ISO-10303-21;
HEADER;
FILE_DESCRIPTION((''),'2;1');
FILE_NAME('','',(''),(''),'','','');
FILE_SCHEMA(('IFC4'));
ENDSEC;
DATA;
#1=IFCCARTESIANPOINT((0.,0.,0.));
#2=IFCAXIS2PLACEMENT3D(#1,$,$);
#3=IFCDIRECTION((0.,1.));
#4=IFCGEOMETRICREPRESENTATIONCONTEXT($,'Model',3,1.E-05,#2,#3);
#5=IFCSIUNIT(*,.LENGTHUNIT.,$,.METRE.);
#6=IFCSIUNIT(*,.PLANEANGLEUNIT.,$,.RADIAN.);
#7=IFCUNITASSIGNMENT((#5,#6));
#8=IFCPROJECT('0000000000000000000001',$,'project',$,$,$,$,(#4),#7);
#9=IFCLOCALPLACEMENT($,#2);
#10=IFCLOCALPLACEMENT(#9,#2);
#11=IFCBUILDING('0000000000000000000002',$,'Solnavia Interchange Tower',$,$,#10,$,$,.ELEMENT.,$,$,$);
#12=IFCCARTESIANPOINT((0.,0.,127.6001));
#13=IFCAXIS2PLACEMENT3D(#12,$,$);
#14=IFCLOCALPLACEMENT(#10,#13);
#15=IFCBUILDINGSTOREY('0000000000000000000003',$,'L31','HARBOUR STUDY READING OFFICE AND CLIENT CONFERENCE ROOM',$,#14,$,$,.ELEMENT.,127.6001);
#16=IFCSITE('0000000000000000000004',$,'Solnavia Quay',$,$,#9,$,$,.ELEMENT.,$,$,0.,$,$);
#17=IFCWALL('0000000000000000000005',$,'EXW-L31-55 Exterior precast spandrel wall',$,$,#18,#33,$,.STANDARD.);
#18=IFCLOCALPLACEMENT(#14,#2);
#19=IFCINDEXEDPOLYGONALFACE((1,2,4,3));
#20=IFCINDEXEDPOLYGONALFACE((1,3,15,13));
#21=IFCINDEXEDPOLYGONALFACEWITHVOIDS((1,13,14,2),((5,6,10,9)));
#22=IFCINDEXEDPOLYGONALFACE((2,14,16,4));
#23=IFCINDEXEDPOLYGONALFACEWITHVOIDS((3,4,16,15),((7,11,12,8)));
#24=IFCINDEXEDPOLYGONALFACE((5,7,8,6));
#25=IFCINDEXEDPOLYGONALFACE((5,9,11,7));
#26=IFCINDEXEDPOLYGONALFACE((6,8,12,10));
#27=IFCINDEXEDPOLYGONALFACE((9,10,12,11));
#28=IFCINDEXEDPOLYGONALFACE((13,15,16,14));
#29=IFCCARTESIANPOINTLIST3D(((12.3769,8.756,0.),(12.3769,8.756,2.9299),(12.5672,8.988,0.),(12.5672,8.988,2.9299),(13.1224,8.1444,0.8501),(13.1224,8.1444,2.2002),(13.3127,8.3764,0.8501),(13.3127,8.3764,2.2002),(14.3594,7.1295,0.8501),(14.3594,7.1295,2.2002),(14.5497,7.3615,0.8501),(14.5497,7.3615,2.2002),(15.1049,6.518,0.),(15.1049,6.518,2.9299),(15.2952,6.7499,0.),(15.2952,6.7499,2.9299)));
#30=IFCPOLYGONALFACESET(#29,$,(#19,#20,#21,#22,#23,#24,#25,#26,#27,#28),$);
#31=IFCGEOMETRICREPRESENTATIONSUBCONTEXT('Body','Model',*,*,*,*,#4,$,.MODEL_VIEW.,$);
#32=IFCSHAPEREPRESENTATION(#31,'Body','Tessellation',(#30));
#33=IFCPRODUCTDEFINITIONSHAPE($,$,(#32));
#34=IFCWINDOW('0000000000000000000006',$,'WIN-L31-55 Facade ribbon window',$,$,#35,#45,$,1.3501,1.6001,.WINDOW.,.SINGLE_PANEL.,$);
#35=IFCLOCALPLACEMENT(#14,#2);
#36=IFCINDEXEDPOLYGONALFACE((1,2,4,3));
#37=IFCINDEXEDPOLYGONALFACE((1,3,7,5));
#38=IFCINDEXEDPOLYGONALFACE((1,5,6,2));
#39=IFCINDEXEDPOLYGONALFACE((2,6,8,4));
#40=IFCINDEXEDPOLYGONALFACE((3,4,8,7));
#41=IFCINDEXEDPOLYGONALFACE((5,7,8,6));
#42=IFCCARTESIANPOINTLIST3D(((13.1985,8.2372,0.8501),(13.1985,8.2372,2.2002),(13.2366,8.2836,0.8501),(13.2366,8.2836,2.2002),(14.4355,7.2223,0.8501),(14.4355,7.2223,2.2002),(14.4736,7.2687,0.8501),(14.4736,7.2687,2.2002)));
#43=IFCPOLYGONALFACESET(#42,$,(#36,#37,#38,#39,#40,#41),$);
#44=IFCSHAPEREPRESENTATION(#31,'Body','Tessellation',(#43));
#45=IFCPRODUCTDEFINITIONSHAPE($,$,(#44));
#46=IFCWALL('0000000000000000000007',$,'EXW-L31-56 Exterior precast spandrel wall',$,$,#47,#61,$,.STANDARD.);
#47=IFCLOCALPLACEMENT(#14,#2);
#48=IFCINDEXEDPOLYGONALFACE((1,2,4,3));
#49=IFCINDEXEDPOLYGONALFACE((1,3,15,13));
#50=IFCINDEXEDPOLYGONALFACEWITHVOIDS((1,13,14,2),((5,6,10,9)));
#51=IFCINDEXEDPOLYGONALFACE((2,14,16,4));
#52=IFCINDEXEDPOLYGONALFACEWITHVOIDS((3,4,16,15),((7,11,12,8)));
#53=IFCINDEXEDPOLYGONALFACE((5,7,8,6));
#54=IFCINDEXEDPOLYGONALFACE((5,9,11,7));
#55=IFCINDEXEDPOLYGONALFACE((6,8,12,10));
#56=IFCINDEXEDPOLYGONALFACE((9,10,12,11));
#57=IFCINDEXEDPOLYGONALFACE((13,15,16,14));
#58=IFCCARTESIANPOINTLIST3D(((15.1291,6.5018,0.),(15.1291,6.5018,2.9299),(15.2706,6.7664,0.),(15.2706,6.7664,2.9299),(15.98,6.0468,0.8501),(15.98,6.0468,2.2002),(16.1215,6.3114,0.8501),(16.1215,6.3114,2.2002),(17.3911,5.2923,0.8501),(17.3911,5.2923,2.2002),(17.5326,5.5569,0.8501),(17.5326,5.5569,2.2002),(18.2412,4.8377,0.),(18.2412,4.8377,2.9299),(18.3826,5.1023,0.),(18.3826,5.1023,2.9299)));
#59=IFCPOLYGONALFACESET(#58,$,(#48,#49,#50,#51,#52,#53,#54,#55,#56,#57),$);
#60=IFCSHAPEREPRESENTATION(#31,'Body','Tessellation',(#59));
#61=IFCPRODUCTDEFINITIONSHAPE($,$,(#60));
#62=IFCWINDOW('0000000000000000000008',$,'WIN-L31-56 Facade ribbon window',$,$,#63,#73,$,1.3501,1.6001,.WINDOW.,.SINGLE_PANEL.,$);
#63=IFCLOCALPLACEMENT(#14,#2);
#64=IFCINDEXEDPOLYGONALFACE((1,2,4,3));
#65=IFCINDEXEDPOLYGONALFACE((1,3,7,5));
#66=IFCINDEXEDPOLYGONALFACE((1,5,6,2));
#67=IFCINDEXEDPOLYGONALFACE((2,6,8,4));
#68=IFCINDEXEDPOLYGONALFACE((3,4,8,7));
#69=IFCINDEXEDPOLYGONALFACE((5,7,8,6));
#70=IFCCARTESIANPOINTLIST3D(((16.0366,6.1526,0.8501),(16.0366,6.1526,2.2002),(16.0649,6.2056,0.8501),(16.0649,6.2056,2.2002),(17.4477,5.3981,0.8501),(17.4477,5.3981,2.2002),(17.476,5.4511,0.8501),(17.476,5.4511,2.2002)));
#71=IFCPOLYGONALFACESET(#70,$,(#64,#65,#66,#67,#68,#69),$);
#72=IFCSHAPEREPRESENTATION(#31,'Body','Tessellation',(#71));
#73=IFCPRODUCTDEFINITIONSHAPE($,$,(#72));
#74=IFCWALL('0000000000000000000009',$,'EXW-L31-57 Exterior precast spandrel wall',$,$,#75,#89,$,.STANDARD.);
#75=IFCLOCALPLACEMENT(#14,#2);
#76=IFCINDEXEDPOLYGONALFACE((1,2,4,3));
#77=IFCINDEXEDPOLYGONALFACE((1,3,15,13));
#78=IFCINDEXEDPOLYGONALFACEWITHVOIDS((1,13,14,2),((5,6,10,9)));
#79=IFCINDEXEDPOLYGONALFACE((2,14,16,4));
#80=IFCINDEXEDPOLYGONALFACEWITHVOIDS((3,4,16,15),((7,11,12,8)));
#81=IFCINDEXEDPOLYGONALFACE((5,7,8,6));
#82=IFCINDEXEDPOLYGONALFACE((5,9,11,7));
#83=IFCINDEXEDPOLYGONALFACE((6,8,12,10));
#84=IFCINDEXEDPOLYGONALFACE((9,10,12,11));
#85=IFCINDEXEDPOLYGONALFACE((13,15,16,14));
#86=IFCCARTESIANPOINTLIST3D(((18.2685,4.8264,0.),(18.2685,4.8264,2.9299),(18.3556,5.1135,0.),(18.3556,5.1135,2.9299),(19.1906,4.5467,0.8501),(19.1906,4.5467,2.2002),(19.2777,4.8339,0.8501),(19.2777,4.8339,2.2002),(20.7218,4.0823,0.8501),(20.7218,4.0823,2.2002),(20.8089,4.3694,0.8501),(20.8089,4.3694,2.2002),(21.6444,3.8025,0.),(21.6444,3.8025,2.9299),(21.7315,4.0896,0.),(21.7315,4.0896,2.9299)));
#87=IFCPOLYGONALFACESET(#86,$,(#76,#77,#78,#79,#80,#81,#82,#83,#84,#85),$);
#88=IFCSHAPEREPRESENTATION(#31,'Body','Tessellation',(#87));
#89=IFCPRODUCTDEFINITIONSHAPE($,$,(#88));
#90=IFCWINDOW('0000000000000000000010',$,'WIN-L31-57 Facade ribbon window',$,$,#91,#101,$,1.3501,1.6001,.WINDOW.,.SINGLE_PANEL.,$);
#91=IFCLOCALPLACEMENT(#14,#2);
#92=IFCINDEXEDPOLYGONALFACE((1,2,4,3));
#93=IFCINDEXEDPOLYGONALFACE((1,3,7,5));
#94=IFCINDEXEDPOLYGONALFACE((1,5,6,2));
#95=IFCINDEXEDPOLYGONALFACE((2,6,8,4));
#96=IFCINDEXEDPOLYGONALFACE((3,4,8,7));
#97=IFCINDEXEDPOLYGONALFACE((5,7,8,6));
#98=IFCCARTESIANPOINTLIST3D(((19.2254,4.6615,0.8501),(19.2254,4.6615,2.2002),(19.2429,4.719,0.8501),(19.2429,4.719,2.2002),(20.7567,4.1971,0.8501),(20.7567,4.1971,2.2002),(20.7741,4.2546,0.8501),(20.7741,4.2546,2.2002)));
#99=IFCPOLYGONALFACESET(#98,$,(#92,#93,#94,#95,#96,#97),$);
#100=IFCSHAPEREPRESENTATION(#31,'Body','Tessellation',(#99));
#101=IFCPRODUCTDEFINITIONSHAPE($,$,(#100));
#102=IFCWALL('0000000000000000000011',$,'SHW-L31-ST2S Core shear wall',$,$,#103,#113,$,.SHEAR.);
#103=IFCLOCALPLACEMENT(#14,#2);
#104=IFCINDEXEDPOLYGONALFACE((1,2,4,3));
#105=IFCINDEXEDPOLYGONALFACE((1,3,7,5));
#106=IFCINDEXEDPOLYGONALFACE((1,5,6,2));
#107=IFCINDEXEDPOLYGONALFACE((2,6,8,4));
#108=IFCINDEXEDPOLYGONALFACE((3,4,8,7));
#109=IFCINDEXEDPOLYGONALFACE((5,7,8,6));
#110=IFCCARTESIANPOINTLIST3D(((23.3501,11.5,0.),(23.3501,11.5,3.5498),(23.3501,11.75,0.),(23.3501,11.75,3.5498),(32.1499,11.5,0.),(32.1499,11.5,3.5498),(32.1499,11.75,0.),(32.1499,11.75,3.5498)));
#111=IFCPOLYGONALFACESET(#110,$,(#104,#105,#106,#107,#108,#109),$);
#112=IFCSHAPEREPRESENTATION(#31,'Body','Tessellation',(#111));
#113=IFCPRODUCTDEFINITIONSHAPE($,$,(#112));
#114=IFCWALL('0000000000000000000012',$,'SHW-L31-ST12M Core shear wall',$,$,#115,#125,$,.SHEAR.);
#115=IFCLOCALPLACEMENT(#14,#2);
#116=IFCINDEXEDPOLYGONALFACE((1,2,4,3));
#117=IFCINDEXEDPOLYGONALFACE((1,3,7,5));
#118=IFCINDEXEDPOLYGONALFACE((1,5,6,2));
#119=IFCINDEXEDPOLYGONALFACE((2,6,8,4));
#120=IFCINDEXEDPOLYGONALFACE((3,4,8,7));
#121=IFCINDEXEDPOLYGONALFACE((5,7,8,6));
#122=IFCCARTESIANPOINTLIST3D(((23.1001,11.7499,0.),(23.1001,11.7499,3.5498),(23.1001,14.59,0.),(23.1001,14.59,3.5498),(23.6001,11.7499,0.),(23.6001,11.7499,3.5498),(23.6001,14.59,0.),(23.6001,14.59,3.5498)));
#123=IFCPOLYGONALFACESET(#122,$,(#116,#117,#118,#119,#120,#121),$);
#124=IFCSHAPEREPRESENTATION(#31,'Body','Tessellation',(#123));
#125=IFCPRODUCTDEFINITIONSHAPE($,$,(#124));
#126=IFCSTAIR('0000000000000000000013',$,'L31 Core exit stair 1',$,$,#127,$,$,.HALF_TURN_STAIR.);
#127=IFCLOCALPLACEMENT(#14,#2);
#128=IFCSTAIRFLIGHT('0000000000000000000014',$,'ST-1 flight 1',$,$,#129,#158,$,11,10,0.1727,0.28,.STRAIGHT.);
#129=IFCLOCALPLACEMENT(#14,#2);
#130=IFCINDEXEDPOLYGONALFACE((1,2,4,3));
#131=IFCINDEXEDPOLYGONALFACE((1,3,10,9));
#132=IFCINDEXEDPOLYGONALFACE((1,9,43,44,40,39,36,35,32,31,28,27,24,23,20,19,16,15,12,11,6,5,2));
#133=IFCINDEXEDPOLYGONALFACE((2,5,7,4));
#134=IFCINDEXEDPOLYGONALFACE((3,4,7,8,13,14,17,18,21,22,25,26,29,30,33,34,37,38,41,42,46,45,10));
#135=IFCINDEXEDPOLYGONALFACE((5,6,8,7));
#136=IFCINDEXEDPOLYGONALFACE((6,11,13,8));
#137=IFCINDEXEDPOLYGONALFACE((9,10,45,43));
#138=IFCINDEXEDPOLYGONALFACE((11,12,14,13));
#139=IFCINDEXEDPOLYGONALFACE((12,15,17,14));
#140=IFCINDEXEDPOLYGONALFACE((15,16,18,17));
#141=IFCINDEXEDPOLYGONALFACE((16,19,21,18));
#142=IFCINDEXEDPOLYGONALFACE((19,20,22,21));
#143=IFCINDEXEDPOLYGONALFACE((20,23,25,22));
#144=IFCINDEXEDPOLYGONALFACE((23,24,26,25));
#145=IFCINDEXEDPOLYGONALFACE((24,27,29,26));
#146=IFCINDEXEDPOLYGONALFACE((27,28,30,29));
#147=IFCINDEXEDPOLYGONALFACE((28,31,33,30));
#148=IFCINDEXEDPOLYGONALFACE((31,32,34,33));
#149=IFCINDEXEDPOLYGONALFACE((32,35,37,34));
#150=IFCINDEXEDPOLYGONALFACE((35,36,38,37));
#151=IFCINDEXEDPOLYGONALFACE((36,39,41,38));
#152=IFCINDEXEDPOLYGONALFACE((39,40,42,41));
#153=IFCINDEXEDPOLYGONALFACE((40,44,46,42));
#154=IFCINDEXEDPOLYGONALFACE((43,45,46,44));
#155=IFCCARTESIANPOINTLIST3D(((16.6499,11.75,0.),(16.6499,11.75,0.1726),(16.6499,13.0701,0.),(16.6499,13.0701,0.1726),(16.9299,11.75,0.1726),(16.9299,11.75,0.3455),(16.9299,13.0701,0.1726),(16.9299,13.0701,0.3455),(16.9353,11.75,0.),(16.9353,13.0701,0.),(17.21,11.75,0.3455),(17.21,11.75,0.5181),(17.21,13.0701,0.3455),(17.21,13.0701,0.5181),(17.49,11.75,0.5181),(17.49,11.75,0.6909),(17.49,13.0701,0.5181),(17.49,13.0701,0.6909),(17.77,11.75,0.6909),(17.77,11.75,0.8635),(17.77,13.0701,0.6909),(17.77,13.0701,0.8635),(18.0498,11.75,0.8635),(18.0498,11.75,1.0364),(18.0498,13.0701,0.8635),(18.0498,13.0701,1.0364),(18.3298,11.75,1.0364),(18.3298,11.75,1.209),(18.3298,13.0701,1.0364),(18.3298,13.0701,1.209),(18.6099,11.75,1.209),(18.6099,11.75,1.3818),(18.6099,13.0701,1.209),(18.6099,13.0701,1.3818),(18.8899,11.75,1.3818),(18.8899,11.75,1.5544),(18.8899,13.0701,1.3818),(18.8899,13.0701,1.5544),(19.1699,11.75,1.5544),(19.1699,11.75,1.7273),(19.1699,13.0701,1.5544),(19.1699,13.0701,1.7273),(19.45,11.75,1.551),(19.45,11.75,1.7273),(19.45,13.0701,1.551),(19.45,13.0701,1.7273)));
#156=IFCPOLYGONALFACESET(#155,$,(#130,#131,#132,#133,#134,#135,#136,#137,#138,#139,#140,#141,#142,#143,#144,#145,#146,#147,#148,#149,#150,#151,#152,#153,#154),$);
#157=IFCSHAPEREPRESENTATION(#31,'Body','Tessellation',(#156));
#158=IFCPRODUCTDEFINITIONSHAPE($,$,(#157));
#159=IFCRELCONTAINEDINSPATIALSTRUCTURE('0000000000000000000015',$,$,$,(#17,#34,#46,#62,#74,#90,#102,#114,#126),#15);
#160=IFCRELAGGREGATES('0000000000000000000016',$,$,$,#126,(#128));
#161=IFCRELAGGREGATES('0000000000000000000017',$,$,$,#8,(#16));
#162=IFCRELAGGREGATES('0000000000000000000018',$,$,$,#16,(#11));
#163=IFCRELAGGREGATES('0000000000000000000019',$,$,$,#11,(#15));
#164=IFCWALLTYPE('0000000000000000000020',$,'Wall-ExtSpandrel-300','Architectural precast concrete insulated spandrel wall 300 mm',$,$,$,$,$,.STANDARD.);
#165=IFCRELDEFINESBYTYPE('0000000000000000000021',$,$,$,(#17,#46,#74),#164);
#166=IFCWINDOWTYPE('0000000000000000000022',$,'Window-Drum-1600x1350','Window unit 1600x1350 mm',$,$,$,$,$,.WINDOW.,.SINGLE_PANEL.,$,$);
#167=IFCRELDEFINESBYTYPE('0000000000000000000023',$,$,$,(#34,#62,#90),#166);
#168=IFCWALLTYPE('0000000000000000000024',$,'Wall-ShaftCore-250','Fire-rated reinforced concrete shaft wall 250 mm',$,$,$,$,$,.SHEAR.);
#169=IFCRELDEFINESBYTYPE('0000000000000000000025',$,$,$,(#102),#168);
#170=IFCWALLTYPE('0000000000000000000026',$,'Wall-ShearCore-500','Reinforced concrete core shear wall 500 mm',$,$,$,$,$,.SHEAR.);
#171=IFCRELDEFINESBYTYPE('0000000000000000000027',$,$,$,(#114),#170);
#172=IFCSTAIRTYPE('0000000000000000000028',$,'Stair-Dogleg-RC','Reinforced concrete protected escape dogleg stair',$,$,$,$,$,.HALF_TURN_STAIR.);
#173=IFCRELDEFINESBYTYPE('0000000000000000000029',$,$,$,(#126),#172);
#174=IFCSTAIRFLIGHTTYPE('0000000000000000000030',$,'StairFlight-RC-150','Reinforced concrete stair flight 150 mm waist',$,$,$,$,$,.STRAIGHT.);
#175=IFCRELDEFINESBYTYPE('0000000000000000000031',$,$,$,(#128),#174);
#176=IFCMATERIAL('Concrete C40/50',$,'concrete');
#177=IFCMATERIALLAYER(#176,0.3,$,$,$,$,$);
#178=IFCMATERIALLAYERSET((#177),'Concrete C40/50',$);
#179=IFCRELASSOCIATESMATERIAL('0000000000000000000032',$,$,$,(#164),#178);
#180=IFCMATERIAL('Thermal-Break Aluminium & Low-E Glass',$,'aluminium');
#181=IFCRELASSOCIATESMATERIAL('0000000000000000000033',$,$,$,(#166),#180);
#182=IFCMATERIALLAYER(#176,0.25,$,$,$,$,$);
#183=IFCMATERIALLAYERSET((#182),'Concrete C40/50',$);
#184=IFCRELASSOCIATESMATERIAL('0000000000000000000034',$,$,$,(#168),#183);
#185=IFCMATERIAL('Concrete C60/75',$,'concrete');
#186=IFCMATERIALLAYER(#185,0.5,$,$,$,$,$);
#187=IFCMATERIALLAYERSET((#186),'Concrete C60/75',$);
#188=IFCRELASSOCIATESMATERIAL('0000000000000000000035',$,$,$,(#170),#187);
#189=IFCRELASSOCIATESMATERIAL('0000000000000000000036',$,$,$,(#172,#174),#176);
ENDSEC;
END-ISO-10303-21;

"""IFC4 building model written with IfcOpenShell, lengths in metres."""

from ifc_helpers import new_model, si_unit, direction, frame, frame_2d, origin, place, context, subcontext, project, spatial, polyline, rectangle, outline, extrude, material, layer, layer_set, type_object, element, fill, aggregate, save


model = new_model("IFC4")

# Units and contexts
model_context = context("Model", 3, precision=1e-05, world=origin(), true_north=direction((0.0, 1.0)))
body_context = subcontext(model_context, "Body", "Model", "MODEL_VIEW")
ifc_project = project(units=[si_unit("LENGTHUNIT", "METRE"), si_unit("PLANEANGLEUNIT", "RADIAN")], contexts=[model_context])

# Site, building, storey
site_placement = place(None, origin())
site = spatial("IfcSite", under=ifc_project, at=site_placement, Name="Solnavia Quay", CompositionType="ELEMENT", RefElevation=0.0)
building_placement = place(site_placement, origin())
building = spatial("IfcBuilding", under=site, at=building_placement, Name="Solnavia Interchange Tower", CompositionType="ELEMENT")
storey_placement = place(building_placement, frame((0.0, 0.0, 127.6001)))
storey = spatial("IfcBuildingStorey", under=building, at=storey_placement, Name="L31", Description="HARBOUR STUDY READING OFFICE AND CLIENT CONFERENCE ROOM", CompositionType="ELEMENT", Elevation=127.6001)

# Walls, openings, windows
ifc_material_1 = material(Name="Concrete C40/50", Category="concrete")
ifc_layer_1 = layer(ifc_material_1, 0.3)
ifc_layer_set_1 = layer_set([ifc_layer_1], Name="Concrete C40/50")
wall_type_1 = type_object("IfcWallType", Name="Wall-ExtSpandrel-300", Description="Architectural precast concrete insulated spandrel wall 300 mm", PredefinedType="STANDARD", material=ifc_layer_set_1)
wall_1_placement = place(storey_placement, frame((15.2, 6.634, 0.0), z_axis=(0.0, 0.0, 1.0), x_axis=(-0.773121, 0.634258, 0.0)))
wall_1 = element("IfcWall", 1, at=wall_1_placement, inside=storey, type_object=wall_type_1, Name="EXW-L31-55 Exterior precast spandrel wall", PredefinedType="STANDARD", context=body_context, shape_type="SweptSolid", body=[
    extrude(rectangle(XDim=3.5286, YDim=0.3, at=frame_2d((1.7642, 0.0))), origin(), (0.0, 0.0, 1.0), 2.9299),
])
opening_1_placement = place(wall_1_placement, frame((0.9641, 0.0, 0.8501)))
opening_1 = element("IfcOpeningElement", 2, at=opening_1_placement, cuts=wall_1, PredefinedType="OPENING", context=body_context, shape_type="SweptSolid", body=[
    extrude(rectangle(XDim=1.6001, YDim=1.3501, at=frame_2d((0.8, 0.675))), frame((0.0, 0.1602, 0.0), z_axis=(0.0, -1.0, 0.0), x_axis=(1.0, 0.0, 0.0)), (0.0, 0.0, 1.0), 0.3201),
])
ifc_material_2 = material(Name="Thermal-Break Aluminium & Low-E Glass", Category="aluminium")
window_type = type_object("IfcWindowType", Name="Window-Drum-1600x1350", Description="Window unit 1600x1350 mm", PartitioningType="SINGLE_PANEL", PredefinedType="WINDOW", material=ifc_material_2)
window_1_placement = place(opening_1_placement, origin())
window_1 = element("IfcWindow", 3, at=window_1_placement, inside=storey, type_object=window_type, Name="WIN-L31-55 Facade ribbon window", OverallHeight=1.3501, OverallWidth=1.6001, PartitioningType="SINGLE_PANEL", PredefinedType="WINDOW", context=body_context, shape_type="SweptSolid", body=[
    extrude(rectangle(XDim=1.6001, YDim=1.3501, at=frame_2d((0.8, 0.675))), frame((0.0, 0.03, 0.0), z_axis=(0.0, -1.0, 0.0), x_axis=(1.0, 0.0, 0.0)), (0.0, 0.0, 1.0), 0.0601),
])
fill(opening_1, window_1)
wall_2_placement = place(storey_placement, frame((18.312, 4.97, 0.0), z_axis=(0.0, 0.0, 1.0), x_axis=(-0.881847, 0.471536, 0.0)))
wall_2 = element("IfcWall", 4, at=wall_2_placement, inside=storey, type_object=wall_type_1, Name="EXW-L31-56 Exterior precast spandrel wall", PredefinedType="STANDARD", context=body_context, shape_type="SweptSolid", body=[
    extrude(rectangle(XDim=3.5291, YDim=0.3, at=frame_2d((1.7646, 0.0))), origin(), (0.0, 0.0, 1.0), 2.9299),
])
opening_2_placement = place(wall_2_placement, frame((0.9641, 0.0, 0.8501)))
opening_2 = element("IfcOpeningElement", 5, at=opening_2_placement, cuts=wall_2, PredefinedType="OPENING", context=body_context, shape_type="SweptSolid", body=[
    extrude(rectangle(XDim=1.6001, YDim=1.3501, at=frame_2d((0.8, 0.675))), frame((0.0, 0.1602, 0.0), z_axis=(0.0, -1.0, 0.0), x_axis=(1.0, 0.0, 0.0)), (0.0, 0.0, 1.0), 0.3201),
])
window_2_placement = place(opening_2_placement, origin())
window_2 = element("IfcWindow", 6, at=window_2_placement, inside=storey, type_object=window_type, Name="WIN-L31-56 Facade ribbon window", OverallHeight=1.3501, OverallWidth=1.6001, PartitioningType="SINGLE_PANEL", PredefinedType="WINDOW", context=body_context, shape_type="SweptSolid", body=[
    extrude(rectangle(XDim=1.6001, YDim=1.3501, at=frame_2d((0.8, 0.675))), frame((0.0, 0.03, 0.0), z_axis=(0.0, -1.0, 0.0), x_axis=(1.0, 0.0, 0.0)), (0.0, 0.0, 1.0), 0.0601),
])
fill(opening_2, window_2)
wall_3_placement = place(storey_placement, frame((21.688, 3.946, 0.0), z_axis=(0.0, 0.0, 1.0), x_axis=(-0.956953, 0.290242, 0.0)))
wall_3 = element("IfcWall", 7, at=wall_3_placement, inside=storey, type_object=wall_type_1, Name="EXW-L31-57 Exterior precast spandrel wall", PredefinedType="STANDARD", context=body_context, shape_type="SweptSolid", body=[
    extrude(rectangle(XDim=3.5278, YDim=0.3, at=frame_2d((1.7639, 0.0))), origin(), (0.0, 0.0, 1.0), 2.9299),
])
opening_3_placement = place(wall_3_placement, frame((0.9641, 0.0, 0.8501)))
opening_3 = element("IfcOpeningElement", 8, at=opening_3_placement, cuts=wall_3, PredefinedType="OPENING", context=body_context, shape_type="SweptSolid", body=[
    extrude(rectangle(XDim=1.6001, YDim=1.3501, at=frame_2d((0.8, 0.675))), frame((0.0, 0.1602, 0.0), z_axis=(0.0, -1.0, 0.0), x_axis=(1.0, 0.0, 0.0)), (0.0, 0.0, 1.0), 0.3201),
])
window_3_placement = place(opening_3_placement, origin())
window_3 = element("IfcWindow", 9, at=window_3_placement, inside=storey, type_object=window_type, Name="WIN-L31-57 Facade ribbon window", OverallHeight=1.3501, OverallWidth=1.6001, PartitioningType="SINGLE_PANEL", PredefinedType="WINDOW", context=body_context, shape_type="SweptSolid", body=[
    extrude(rectangle(XDim=1.6001, YDim=1.3501, at=frame_2d((0.8, 0.675))), frame((0.0, 0.03, 0.0), z_axis=(0.0, -1.0, 0.0), x_axis=(1.0, 0.0, 0.0)), (0.0, 0.0, 1.0), 0.0601),
])
fill(opening_3, window_3)

# Walls
ifc_layer_2 = layer(ifc_material_1, 0.25)
ifc_layer_set_2 = layer_set([ifc_layer_2], Name="Concrete C40/50")
wall_type_2 = type_object("IfcWallType", Name="Wall-ShaftCore-250", Description="Fire-rated reinforced concrete shaft wall 250 mm", PredefinedType="SHEAR", material=ifc_layer_set_2)
wall_4_placement = place(storey_placement, frame((23.3501, 11.625, 0.0), z_axis=(0.0, 0.0, 1.0), x_axis=(1.0, 0.0, 0.0)))
element("IfcWall", 10, at=wall_4_placement, inside=storey, type_object=wall_type_2, Name="SHW-L31-ST2S Core shear wall", PredefinedType="SHEAR", context=body_context, shape_type="SweptSolid", body=[
    extrude(rectangle(XDim=8.7998, YDim=0.25, at=frame_2d((4.3999, 0.0))), origin(), (0.0, 0.0, 1.0), 3.5498),
])
ifc_material_3 = material(Name="Concrete C60/75", Category="concrete")
ifc_layer_3 = layer(ifc_material_3, 0.5)
ifc_layer_set_3 = layer_set([ifc_layer_3], Name="Concrete C60/75")
wall_type_3 = type_object("IfcWallType", Name="Wall-ShearCore-500", Description="Reinforced concrete core shear wall 500 mm", PredefinedType="SHEAR", material=ifc_layer_set_3)
wall_5_placement = place(storey_placement, frame((23.3501, 11.75, 0.0), z_axis=(0.0, 0.0, 1.0), x_axis=(0.0, 1.0, 0.0)))
element("IfcWall", 11, at=wall_5_placement, inside=storey, type_object=wall_type_3, Name="SHW-L31-ST12M Core shear wall", PredefinedType="SHEAR", context=body_context, shape_type="SweptSolid", body=[
    extrude(rectangle(XDim=2.8401, YDim=0.5, at=frame_2d((1.4199, 0.0))), origin(), (0.0, 0.0, 1.0), 3.5498),
])

# Stair, stair flight
stair_type = type_object("IfcStairType", Name="Stair-Dogleg-RC", Description="Reinforced concrete protected escape dogleg stair", PredefinedType="HALF_TURN_STAIR", material=ifc_material_1)
stair_placement = place(storey_placement, origin())
stair = element("IfcStair", 12, at=stair_placement, inside=storey, type_object=stair_type, Name="L31 Core exit stair 1", PredefinedType="HALF_TURN_STAIR")
stair_flight_type = type_object("IfcStairFlightType", Name="StairFlight-RC-150", Description="Reinforced concrete stair flight 150 mm waist", PredefinedType="STRAIGHT", material=ifc_material_1)
stair_flight_placement = place(storey_placement, frame((16.6499, 12.4099, 0.0), z_axis=(0.0, 0.0, 1.0), x_axis=(1.0, 0.0, 0.0)))
stair_flight = element("IfcStairFlight", 13, at=stair_flight_placement, type_object=stair_flight_type, Name="ST-1 flight 1", NumberOfRisers=11, NumberOfTreads=10, PredefinedType="STRAIGHT", RiserHeight=0.1727, TreadLength=0.28, context=body_context, shape_type="SweptSolid", body=[
    extrude(outline(polyline([(0.0, 0.0), (0.0, 0.1726), (0.28, 0.1726), (0.28, 0.3455), (0.5601, 0.3455), (0.5601, 0.5181), (0.8401, 0.5181), (0.8401, 0.6909), (1.1201, 0.6909), (1.1201, 0.8635), (1.3999, 0.8635), (1.3999, 1.0364), (1.6799, 1.0364), (1.6799, 1.209), (1.96, 1.209), (1.96, 1.3818), (2.24, 1.3818), (2.24, 1.5544), (2.52, 1.5544), (2.52, 1.7273), (2.8, 1.7273), (2.8, 1.8999), (2.8, 1.551), (0.2854, 0.0), (0.0, 0.0)])), frame((0.0, 0.6602, 0.0), z_axis=(0.0, -1.0, 0.0), x_axis=(1.0, 0.0, 0.0)), (0.0, 0.0, 1.0), 1.3201),
])
aggregate(stair, [stair_flight])

save(model, "model.ifc")
